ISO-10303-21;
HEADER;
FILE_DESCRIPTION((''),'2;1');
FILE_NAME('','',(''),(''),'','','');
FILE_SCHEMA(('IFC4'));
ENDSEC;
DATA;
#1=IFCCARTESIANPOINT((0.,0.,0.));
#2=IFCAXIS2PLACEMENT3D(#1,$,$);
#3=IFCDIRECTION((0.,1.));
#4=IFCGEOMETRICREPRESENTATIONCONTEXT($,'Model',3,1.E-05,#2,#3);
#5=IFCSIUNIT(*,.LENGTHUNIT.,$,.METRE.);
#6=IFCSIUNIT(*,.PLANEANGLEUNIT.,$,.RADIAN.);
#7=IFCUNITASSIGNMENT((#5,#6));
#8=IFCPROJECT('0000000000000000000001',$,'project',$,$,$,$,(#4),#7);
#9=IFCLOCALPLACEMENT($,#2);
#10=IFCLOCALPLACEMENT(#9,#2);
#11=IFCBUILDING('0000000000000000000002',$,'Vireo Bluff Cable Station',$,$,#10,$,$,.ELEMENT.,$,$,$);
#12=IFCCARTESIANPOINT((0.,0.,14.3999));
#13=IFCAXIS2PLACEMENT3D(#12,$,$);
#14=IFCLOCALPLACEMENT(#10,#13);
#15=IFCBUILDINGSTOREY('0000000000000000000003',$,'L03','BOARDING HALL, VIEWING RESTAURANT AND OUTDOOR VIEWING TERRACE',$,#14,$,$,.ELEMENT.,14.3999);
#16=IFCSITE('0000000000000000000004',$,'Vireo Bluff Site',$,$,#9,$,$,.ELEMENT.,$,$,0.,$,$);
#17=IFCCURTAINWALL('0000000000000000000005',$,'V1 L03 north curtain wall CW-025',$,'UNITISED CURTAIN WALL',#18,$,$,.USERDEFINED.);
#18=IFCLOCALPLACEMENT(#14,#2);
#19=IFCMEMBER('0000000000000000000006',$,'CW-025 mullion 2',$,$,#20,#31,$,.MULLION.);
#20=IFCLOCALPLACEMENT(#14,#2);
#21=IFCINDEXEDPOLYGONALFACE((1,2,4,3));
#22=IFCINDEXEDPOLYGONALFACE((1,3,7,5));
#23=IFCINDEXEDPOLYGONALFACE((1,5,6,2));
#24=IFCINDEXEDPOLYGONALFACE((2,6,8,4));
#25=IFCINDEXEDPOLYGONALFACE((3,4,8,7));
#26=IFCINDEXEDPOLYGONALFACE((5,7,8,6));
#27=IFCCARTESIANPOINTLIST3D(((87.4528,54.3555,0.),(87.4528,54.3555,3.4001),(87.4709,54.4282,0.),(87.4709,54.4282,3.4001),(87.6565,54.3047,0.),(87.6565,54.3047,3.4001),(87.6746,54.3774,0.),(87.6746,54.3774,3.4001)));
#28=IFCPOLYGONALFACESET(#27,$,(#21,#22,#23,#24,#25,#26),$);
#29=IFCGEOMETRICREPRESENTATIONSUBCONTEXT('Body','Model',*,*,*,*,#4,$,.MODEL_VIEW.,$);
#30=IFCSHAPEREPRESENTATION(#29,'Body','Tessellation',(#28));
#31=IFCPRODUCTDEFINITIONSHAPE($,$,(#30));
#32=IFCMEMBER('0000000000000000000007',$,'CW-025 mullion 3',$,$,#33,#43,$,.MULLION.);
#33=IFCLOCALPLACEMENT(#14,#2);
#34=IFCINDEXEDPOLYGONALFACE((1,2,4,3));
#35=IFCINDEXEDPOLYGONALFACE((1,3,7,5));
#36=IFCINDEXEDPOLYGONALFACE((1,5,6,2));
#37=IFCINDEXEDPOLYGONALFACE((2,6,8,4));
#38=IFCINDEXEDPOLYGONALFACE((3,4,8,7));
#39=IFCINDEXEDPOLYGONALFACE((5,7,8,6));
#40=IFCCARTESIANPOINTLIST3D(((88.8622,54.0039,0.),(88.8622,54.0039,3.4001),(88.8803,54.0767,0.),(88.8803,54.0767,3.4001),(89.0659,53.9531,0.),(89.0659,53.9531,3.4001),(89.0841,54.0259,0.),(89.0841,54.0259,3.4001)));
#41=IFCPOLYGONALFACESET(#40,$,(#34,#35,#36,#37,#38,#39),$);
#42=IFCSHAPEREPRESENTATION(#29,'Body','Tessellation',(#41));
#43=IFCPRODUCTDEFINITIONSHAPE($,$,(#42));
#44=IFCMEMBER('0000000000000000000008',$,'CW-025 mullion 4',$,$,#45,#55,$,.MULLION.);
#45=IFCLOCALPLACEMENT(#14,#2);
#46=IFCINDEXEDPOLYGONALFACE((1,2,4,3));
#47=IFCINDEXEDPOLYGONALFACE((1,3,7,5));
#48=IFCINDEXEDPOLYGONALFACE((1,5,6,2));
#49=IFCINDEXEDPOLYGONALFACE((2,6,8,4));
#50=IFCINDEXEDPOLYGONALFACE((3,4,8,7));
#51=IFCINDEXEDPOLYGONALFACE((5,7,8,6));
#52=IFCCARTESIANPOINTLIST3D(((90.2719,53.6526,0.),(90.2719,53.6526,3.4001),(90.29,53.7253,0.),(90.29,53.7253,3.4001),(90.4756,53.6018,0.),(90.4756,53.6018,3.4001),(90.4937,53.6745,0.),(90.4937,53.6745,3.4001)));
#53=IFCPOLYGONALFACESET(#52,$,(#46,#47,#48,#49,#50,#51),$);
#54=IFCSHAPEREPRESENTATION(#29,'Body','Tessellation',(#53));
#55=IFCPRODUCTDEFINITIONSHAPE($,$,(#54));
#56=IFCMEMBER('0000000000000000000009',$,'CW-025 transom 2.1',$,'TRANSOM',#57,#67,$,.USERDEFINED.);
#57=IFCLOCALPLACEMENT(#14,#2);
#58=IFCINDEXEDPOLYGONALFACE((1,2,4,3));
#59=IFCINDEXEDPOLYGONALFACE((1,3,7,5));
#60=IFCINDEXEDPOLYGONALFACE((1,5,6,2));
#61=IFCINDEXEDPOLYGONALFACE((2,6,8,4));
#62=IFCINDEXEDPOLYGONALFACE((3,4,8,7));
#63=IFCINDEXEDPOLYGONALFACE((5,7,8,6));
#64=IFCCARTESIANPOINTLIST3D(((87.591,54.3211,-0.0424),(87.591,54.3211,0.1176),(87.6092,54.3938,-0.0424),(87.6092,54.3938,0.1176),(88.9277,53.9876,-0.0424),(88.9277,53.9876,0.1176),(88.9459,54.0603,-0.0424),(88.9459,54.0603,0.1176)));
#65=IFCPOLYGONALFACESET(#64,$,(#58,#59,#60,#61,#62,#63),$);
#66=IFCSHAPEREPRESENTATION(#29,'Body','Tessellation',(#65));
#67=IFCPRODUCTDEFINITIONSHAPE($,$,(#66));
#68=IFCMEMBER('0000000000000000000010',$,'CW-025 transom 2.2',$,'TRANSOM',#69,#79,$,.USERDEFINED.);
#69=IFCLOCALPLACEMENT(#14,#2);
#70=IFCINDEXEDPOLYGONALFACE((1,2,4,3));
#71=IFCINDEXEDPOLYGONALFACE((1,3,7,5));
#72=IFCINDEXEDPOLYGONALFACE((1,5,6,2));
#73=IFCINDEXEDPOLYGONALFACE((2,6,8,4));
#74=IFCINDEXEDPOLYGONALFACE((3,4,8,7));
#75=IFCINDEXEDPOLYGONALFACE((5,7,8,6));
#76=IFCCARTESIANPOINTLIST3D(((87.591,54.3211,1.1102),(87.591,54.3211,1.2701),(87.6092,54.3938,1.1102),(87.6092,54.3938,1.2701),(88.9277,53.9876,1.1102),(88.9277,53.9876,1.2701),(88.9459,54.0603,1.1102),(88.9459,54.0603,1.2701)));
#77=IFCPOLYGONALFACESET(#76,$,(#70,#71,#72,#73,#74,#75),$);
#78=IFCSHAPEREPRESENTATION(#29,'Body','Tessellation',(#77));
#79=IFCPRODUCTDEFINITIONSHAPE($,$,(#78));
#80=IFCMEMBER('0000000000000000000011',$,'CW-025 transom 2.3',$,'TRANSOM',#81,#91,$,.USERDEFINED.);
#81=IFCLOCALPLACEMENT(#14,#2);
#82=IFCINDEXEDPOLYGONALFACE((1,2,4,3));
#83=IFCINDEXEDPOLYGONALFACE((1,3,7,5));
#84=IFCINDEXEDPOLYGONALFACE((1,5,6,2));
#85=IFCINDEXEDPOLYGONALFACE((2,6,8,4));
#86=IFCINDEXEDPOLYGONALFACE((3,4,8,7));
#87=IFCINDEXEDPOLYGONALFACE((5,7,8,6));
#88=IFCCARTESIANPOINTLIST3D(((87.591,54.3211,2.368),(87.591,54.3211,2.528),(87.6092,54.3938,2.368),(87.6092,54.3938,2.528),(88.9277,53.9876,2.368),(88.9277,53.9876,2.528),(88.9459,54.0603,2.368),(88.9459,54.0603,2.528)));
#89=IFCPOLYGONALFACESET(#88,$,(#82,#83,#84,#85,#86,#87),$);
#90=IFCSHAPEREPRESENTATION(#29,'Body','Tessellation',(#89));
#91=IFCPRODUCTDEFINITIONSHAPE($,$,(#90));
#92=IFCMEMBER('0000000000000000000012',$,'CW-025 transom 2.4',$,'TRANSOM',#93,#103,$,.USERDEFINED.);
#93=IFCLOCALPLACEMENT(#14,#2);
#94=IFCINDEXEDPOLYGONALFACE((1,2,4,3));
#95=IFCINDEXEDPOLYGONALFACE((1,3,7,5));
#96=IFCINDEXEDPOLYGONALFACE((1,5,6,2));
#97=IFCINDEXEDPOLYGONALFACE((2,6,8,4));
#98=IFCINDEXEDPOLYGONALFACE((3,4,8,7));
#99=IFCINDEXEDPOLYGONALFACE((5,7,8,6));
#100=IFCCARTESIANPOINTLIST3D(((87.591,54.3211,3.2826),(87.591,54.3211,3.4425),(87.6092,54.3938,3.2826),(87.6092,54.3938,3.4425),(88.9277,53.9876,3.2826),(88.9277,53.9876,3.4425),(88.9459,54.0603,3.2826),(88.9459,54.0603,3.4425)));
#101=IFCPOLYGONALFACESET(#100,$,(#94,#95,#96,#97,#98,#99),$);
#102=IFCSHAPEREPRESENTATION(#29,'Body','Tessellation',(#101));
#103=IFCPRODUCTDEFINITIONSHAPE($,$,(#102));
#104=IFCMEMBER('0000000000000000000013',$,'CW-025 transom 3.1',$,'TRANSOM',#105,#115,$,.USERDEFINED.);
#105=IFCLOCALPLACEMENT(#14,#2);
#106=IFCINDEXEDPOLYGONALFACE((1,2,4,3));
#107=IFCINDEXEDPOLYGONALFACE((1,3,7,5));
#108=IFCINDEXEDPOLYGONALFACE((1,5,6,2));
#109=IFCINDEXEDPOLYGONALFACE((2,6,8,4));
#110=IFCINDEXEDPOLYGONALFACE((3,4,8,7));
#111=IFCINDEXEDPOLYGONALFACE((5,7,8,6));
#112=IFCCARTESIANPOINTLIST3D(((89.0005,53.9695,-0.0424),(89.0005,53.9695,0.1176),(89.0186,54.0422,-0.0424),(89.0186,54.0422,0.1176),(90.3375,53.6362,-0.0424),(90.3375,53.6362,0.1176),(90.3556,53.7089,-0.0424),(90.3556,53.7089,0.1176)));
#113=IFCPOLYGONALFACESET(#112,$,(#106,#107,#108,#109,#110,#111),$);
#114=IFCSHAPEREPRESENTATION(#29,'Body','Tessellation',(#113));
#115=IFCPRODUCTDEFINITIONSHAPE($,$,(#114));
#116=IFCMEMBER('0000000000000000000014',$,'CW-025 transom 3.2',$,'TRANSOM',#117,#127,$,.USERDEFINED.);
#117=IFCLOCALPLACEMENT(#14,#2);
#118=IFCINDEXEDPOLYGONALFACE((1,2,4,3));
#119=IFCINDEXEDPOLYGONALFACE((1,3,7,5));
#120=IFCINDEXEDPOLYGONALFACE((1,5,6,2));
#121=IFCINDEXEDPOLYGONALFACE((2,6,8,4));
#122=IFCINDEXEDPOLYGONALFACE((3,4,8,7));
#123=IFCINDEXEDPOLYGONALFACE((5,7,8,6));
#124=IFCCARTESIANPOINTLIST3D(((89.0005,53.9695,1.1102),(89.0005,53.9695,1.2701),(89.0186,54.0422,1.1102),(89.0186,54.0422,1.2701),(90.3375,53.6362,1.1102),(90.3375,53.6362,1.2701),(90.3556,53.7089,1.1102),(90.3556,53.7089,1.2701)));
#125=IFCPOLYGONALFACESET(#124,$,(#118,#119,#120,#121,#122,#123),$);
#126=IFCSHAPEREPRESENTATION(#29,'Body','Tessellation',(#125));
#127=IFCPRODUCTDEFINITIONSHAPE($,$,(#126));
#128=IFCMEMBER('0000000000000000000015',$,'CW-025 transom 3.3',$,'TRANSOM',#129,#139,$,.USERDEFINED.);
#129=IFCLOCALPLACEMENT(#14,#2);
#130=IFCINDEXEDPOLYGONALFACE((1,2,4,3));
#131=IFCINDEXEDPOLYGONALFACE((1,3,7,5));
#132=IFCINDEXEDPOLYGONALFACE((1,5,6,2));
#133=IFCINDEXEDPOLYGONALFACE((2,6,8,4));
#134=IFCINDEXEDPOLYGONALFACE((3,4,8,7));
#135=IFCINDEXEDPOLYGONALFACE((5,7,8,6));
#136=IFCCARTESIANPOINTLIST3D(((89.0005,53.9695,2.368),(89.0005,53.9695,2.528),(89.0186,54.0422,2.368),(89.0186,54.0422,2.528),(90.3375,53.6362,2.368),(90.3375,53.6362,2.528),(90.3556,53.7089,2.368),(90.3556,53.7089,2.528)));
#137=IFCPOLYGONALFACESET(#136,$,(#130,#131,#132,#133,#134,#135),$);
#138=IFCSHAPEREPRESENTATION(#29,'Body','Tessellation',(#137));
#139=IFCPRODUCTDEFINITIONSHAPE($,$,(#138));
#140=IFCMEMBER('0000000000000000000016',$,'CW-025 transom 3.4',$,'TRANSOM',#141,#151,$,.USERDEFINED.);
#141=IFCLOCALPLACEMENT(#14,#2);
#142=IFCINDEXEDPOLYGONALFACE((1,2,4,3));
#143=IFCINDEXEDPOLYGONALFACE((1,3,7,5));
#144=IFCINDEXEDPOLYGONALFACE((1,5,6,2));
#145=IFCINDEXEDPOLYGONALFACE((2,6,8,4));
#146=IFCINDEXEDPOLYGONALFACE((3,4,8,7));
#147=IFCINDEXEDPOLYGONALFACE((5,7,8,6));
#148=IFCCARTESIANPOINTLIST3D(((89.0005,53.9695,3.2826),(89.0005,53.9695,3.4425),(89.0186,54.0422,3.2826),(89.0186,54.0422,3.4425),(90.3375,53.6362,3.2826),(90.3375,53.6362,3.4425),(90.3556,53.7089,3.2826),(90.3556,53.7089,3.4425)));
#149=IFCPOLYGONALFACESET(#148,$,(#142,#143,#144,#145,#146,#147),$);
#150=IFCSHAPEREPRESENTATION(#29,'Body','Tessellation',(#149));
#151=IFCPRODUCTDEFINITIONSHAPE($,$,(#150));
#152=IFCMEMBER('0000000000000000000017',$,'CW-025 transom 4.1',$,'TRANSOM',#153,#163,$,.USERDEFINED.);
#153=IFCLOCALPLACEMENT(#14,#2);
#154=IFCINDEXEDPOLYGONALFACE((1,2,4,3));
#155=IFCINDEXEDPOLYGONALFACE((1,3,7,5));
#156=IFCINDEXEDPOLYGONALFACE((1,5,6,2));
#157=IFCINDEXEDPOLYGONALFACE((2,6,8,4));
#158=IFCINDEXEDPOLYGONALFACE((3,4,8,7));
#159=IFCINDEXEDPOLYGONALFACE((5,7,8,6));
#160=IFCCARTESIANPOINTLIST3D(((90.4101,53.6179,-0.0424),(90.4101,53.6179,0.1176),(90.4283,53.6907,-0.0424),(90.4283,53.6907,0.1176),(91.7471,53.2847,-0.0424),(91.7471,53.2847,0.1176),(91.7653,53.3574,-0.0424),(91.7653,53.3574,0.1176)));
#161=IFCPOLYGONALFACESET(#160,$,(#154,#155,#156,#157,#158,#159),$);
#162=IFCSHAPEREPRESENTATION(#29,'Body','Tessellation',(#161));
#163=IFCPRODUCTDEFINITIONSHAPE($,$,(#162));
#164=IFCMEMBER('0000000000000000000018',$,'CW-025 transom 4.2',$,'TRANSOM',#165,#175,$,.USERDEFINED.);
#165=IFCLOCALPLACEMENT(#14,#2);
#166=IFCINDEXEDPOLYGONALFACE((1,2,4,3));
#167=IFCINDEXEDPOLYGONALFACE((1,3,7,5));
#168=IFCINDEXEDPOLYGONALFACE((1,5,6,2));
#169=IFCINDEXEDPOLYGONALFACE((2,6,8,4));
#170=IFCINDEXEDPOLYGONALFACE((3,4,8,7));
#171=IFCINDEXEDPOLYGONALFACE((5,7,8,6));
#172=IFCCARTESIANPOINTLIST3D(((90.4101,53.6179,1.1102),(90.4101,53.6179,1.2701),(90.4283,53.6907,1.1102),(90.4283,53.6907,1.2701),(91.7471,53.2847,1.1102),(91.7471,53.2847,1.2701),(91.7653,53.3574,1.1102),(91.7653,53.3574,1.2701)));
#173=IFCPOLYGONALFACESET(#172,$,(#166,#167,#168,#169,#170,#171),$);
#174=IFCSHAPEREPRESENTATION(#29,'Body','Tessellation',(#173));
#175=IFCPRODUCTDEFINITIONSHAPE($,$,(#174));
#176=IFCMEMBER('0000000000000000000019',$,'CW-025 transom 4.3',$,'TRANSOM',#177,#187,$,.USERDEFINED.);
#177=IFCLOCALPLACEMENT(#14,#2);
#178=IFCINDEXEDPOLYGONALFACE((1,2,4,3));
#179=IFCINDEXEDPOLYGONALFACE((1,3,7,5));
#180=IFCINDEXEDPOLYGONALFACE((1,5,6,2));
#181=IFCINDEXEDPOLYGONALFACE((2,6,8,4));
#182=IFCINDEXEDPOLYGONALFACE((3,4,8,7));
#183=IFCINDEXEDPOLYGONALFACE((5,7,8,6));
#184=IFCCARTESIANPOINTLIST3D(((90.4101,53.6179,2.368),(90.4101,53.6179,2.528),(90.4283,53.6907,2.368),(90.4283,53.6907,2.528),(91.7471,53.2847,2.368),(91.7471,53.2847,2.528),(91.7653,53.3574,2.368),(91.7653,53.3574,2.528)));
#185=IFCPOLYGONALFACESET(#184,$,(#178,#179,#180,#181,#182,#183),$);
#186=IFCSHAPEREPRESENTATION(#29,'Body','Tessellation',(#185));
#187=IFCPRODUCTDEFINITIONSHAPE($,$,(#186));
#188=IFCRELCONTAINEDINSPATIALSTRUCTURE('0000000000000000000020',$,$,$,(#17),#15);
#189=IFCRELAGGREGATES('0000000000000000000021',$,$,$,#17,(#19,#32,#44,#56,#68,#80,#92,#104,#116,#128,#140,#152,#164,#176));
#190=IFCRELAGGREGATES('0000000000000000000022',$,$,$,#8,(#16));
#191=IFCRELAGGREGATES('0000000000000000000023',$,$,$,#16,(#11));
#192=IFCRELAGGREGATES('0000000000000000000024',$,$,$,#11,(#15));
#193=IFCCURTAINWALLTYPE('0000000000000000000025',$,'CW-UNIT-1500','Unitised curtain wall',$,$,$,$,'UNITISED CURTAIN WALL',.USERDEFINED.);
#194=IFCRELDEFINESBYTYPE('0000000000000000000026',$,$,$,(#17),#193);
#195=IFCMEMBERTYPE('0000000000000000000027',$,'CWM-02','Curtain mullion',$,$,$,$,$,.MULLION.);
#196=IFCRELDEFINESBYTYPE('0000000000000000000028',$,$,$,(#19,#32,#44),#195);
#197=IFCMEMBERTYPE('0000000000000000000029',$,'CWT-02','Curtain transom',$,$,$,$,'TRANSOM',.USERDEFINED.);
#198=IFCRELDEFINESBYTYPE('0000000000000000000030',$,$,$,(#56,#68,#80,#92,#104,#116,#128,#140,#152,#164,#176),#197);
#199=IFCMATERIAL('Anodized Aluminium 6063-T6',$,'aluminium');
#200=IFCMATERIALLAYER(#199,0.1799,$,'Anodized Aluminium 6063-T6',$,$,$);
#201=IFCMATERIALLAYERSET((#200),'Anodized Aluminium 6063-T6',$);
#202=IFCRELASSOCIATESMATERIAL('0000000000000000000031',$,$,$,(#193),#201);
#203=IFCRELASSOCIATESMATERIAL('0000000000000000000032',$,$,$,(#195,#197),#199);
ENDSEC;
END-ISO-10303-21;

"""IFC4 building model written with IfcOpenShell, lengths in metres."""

from ifc_helpers import new_model, si_unit, direction, frame, origin, origin_2d, place, context, subcontext, project, spatial, rectangle, extrude, material, layer, layer_set, material_profile, profile_set, type_object, element, aggregate, save


model = new_model("IFC4")

# Units and contexts
model_context = context("Model", 3, precision=1e-05, world=origin(), true_north=direction((0.0, 1.0)))
body_context = subcontext(model_context, "Body", "Model", "MODEL_VIEW")
ifc_project = project(units=[si_unit("LENGTHUNIT", "METRE"), si_unit("PLANEANGLEUNIT", "RADIAN")], contexts=[model_context])

# Site, building, storey
site_placement = place(None, origin())
site = spatial("IfcSite", under=ifc_project, at=site_placement, Name="Vireo Bluff Site", CompositionType="ELEMENT", RefElevation=0.0)
building_placement = place(site_placement, origin())
building = spatial("IfcBuilding", under=site, at=building_placement, Name="Vireo Bluff Cable Station", CompositionType="ELEMENT")
storey_placement = place(building_placement, frame((0.0, 0.0, 14.3999)))
storey = spatial("IfcBuildingStorey", under=building, at=storey_placement, Name="L03", Description="BOARDING HALL, VIEWING RESTAURANT AND OUTDOOR VIEWING TERRACE", CompositionType="ELEMENT", Elevation=14.3999)

# Curtain wall, members
ifc_material_1 = material(Name="Anodized Aluminium 6063-T6", Category="aluminium")
ifc_layer_1 = layer(ifc_material_1, 0.1799, Name="Anodized Aluminium 6063-T6")
ifc_layer_set_1 = layer_set([ifc_layer_1], Name="Anodized Aluminium 6063-T6")
curtain_wall_type = type_object("IfcCurtainWallType", Name="CW-UNIT-1500", Description="Unitised curtain wall", ElementType="UNITISED CURTAIN WALL", PredefinedType="USERDEFINED", material=ifc_layer_set_1)
curtain_wall_placement = place(storey_placement, origin())
curtain_wall = element("IfcCurtainWall", 1, at=curtain_wall_placement, inside=storey, type_object=curtain_wall_type, Name="V1 L03 north curtain wall CW-025", ObjectType="UNITISED CURTAIN WALL", PredefinedType="USERDEFINED")
ifc_material_profile_1 = material_profile(ifc_material_1, rectangle(XDim=0.075, YDim=0.21, at=origin_2d()), Name="ALU-M-75X210")
ifc_profile_set_1 = profile_set([ifc_material_profile_1], Name="Anodized Aluminium 6063-T6")
member_type_1 = type_object("IfcMemberType", Name="CWM-02", Description="Curtain mullion", PredefinedType="MULLION", material=ifc_profile_set_1)
member_1_placement = place(storey_placement, frame((87.5637, 54.3665, 0.0), z_axis=(0.0, 0.0, 1.0), x_axis=(0.241922, 0.970296, 0.0)))
member_1 = element("IfcMember", 2, at=member_1_placement, type_object=member_type_1, Name="CW-025 mullion 2", PredefinedType="MULLION", context=body_context, shape_type="SweptSolid", body=[
    extrude(rectangle(XDim=0.075, YDim=0.21, at=origin_2d()), origin(), (0.0, 0.0, 1.0), 3.4001),
])
member_2_placement = place(storey_placement, frame((88.9731, 54.0149, 0.0), z_axis=(0.0, 0.0, 1.0), x_axis=(0.241922, 0.970296, 0.0)))
member_2 = element("IfcMember", 3, at=member_2_placement, type_object=member_type_1, Name="CW-025 mullion 3", PredefinedType="MULLION", context=body_context, shape_type="SweptSolid", body=[
    extrude(rectangle(XDim=0.075, YDim=0.21, at=origin_2d()), origin(), (0.0, 0.0, 1.0), 3.4001),
])
member_3_placement = place(storey_placement, frame((90.3828, 53.6636, 0.0), z_axis=(0.0, 0.0, 1.0), x_axis=(0.241922, 0.970296, 0.0)))
member_3 = element("IfcMember", 4, at=member_3_placement, type_object=member_type_1, Name="CW-025 mullion 4", PredefinedType="MULLION", context=body_context, shape_type="SweptSolid", body=[
    extrude(rectangle(XDim=0.075, YDim=0.21, at=origin_2d()), origin(), (0.0, 0.0, 1.0), 3.4001),
])
ifc_material_profile_2 = material_profile(ifc_material_1, rectangle(XDim=0.075, YDim=0.1599, at=origin_2d()), Name="ALU-T-75X160")
ifc_profile_set_2 = profile_set([ifc_material_profile_2], Name="Anodized Aluminium 6063-T6")
member_type_2 = type_object("IfcMemberType", Name="CWT-02", Description="Curtain transom", ElementType="TRANSOM", PredefinedType="USERDEFINED", material=ifc_profile_set_2)
member_4_placement = place(storey_placement, frame((87.6001, 54.3574, 0.0376), z_axis=(0.970257, -0.242077, 0.0), x_axis=(0.242077, 0.970257, 0.0)))
member_4 = element("IfcMember", 5, at=member_4_placement, type_object=member_type_2, Name="CW-025 transom 2.1", ObjectType="TRANSOM", PredefinedType="USERDEFINED", context=body_context, shape_type="SweptSolid", body=[
    extrude(rectangle(XDim=0.075, YDim=0.1599, at=origin_2d()), origin(), (0.0, 0.0, 1.0), 1.3777),
])
member_5_placement = place(storey_placement, frame((87.6001, 54.3574, 1.1902), z_axis=(0.970257, -0.242077, 0.0), x_axis=(0.242077, 0.970257, 0.0)))
member_5 = element("IfcMember", 6, at=member_5_placement, type_object=member_type_2, Name="CW-025 transom 2.2", ObjectType="TRANSOM", PredefinedType="USERDEFINED", context=body_context, shape_type="SweptSolid", body=[
    extrude(rectangle(XDim=0.075, YDim=0.1599, at=origin_2d()), origin(), (0.0, 0.0, 1.0), 1.3777),
])
member_6_placement = place(storey_placement, frame((87.6001, 54.3574, 2.448), z_axis=(0.970257, -0.242077, 0.0), x_axis=(0.242077, 0.970257, 0.0)))
member_6 = element("IfcMember", 7, at=member_6_placement, type_object=member_type_2, Name="CW-025 transom 2.3", ObjectType="TRANSOM", PredefinedType="USERDEFINED", context=body_context, shape_type="SweptSolid", body=[
    extrude(rectangle(XDim=0.075, YDim=0.1599, at=origin_2d()), origin(), (0.0, 0.0, 1.0), 1.3777),
])
member_7_placement = place(storey_placement, frame((87.6001, 54.3574, 3.3625), z_axis=(0.970257, -0.242077, 0.0), x_axis=(0.242077, 0.970257, 0.0)))
member_7 = element("IfcMember", 8, at=member_7_placement, type_object=member_type_2, Name="CW-025 transom 2.4", ObjectType="TRANSOM", PredefinedType="USERDEFINED", context=body_context, shape_type="SweptSolid", body=[
    extrude(rectangle(XDim=0.075, YDim=0.1599, at=origin_2d()), origin(), (0.0, 0.0, 1.0), 1.3777),
])
member_8_placement = place(storey_placement, frame((89.0095, 54.0059, 0.0376), z_axis=(0.970309, -0.241868, 0.0), x_axis=(0.241868, 0.970309, 0.0)))
member_8 = element("IfcMember", 9, at=member_8_placement, type_object=member_type_2, Name="CW-025 transom 3.1", ObjectType="TRANSOM", PredefinedType="USERDEFINED", context=body_context, shape_type="SweptSolid", body=[
    extrude(rectangle(XDim=0.075, YDim=0.1599, at=origin_2d()), origin(), (0.0, 0.0, 1.0), 1.3779),
])
member_9_placement = place(storey_placement, frame((89.0095, 54.0059, 1.1902), z_axis=(0.970309, -0.241868, 0.0), x_axis=(0.241868, 0.970309, 0.0)))
member_9 = element("IfcMember", 10, at=member_9_placement, type_object=member_type_2, Name="CW-025 transom 3.2", ObjectType="TRANSOM", PredefinedType="USERDEFINED", context=body_context, shape_type="SweptSolid", body=[
    extrude(rectangle(XDim=0.075, YDim=0.1599, at=origin_2d()), origin(), (0.0, 0.0, 1.0), 1.3779),
])
member_10_placement = place(storey_placement, frame((89.0095, 54.0059, 2.448), z_axis=(0.970309, -0.241868, 0.0), x_axis=(0.241868, 0.970309, 0.0)))
member_10 = element("IfcMember", 11, at=member_10_placement, type_object=member_type_2, Name="CW-025 transom 3.3", ObjectType="TRANSOM", PredefinedType="USERDEFINED", context=body_context, shape_type="SweptSolid", body=[
    extrude(rectangle(XDim=0.075, YDim=0.1599, at=origin_2d()), origin(), (0.0, 0.0, 1.0), 1.3779),
])
member_11_placement = place(storey_placement, frame((89.0095, 54.0059, 3.3625), z_axis=(0.970309, -0.241868, 0.0), x_axis=(0.241868, 0.970309, 0.0)))
member_11 = element("IfcMember", 12, at=member_11_placement, type_object=member_type_2, Name="CW-025 transom 3.4", ObjectType="TRANSOM", PredefinedType="USERDEFINED", context=body_context, shape_type="SweptSolid", body=[
    extrude(rectangle(XDim=0.075, YDim=0.1599, at=origin_2d()), origin(), (0.0, 0.0, 1.0), 1.3779),
])
member_12_placement = place(storey_placement, frame((90.4192, 53.6543, 0.0376), z_axis=(0.970309, -0.241868, 0.0), x_axis=(0.241868, 0.970309, 0.0)))
member_12 = element("IfcMember", 13, at=member_12_placement, type_object=member_type_2, Name="CW-025 transom 4.1", ObjectType="TRANSOM", PredefinedType="USERDEFINED", context=body_context, shape_type="SweptSolid", body=[
    extrude(rectangle(XDim=0.075, YDim=0.1599, at=origin_2d()), origin(), (0.0, 0.0, 1.0), 1.3779),
])
member_13_placement = place(storey_placement, frame((90.4192, 53.6543, 1.1902), z_axis=(0.970309, -0.241868, 0.0), x_axis=(0.241868, 0.970309, 0.0)))
member_13 = element("IfcMember", 14, at=member_13_placement, type_object=member_type_2, Name="CW-025 transom 4.2", ObjectType="TRANSOM", PredefinedType="USERDEFINED", context=body_context, shape_type="SweptSolid", body=[
    extrude(rectangle(XDim=0.075, YDim=0.1599, at=origin_2d()), origin(), (0.0, 0.0, 1.0), 1.3779),
])
member_14_placement = place(storey_placement, frame((90.4192, 53.6543, 2.448), z_axis=(0.970309, -0.241868, 0.0), x_axis=(0.241868, 0.970309, 0.0)))
member_14 = element("IfcMember", 15, at=member_14_placement, type_object=member_type_2, Name="CW-025 transom 4.3", ObjectType="TRANSOM", PredefinedType="USERDEFINED", context=body_context, shape_type="SweptSolid", body=[
    extrude(rectangle(XDim=0.075, YDim=0.1599, at=origin_2d()), origin(), (0.0, 0.0, 1.0), 1.3779),
])
aggregate(curtain_wall, [member_1, member_2, member_3, member_4, member_5, member_6, member_7, member_8, member_9, member_10, member_11, member_12, member_13, member_14])

save(model, "model.ifc")
